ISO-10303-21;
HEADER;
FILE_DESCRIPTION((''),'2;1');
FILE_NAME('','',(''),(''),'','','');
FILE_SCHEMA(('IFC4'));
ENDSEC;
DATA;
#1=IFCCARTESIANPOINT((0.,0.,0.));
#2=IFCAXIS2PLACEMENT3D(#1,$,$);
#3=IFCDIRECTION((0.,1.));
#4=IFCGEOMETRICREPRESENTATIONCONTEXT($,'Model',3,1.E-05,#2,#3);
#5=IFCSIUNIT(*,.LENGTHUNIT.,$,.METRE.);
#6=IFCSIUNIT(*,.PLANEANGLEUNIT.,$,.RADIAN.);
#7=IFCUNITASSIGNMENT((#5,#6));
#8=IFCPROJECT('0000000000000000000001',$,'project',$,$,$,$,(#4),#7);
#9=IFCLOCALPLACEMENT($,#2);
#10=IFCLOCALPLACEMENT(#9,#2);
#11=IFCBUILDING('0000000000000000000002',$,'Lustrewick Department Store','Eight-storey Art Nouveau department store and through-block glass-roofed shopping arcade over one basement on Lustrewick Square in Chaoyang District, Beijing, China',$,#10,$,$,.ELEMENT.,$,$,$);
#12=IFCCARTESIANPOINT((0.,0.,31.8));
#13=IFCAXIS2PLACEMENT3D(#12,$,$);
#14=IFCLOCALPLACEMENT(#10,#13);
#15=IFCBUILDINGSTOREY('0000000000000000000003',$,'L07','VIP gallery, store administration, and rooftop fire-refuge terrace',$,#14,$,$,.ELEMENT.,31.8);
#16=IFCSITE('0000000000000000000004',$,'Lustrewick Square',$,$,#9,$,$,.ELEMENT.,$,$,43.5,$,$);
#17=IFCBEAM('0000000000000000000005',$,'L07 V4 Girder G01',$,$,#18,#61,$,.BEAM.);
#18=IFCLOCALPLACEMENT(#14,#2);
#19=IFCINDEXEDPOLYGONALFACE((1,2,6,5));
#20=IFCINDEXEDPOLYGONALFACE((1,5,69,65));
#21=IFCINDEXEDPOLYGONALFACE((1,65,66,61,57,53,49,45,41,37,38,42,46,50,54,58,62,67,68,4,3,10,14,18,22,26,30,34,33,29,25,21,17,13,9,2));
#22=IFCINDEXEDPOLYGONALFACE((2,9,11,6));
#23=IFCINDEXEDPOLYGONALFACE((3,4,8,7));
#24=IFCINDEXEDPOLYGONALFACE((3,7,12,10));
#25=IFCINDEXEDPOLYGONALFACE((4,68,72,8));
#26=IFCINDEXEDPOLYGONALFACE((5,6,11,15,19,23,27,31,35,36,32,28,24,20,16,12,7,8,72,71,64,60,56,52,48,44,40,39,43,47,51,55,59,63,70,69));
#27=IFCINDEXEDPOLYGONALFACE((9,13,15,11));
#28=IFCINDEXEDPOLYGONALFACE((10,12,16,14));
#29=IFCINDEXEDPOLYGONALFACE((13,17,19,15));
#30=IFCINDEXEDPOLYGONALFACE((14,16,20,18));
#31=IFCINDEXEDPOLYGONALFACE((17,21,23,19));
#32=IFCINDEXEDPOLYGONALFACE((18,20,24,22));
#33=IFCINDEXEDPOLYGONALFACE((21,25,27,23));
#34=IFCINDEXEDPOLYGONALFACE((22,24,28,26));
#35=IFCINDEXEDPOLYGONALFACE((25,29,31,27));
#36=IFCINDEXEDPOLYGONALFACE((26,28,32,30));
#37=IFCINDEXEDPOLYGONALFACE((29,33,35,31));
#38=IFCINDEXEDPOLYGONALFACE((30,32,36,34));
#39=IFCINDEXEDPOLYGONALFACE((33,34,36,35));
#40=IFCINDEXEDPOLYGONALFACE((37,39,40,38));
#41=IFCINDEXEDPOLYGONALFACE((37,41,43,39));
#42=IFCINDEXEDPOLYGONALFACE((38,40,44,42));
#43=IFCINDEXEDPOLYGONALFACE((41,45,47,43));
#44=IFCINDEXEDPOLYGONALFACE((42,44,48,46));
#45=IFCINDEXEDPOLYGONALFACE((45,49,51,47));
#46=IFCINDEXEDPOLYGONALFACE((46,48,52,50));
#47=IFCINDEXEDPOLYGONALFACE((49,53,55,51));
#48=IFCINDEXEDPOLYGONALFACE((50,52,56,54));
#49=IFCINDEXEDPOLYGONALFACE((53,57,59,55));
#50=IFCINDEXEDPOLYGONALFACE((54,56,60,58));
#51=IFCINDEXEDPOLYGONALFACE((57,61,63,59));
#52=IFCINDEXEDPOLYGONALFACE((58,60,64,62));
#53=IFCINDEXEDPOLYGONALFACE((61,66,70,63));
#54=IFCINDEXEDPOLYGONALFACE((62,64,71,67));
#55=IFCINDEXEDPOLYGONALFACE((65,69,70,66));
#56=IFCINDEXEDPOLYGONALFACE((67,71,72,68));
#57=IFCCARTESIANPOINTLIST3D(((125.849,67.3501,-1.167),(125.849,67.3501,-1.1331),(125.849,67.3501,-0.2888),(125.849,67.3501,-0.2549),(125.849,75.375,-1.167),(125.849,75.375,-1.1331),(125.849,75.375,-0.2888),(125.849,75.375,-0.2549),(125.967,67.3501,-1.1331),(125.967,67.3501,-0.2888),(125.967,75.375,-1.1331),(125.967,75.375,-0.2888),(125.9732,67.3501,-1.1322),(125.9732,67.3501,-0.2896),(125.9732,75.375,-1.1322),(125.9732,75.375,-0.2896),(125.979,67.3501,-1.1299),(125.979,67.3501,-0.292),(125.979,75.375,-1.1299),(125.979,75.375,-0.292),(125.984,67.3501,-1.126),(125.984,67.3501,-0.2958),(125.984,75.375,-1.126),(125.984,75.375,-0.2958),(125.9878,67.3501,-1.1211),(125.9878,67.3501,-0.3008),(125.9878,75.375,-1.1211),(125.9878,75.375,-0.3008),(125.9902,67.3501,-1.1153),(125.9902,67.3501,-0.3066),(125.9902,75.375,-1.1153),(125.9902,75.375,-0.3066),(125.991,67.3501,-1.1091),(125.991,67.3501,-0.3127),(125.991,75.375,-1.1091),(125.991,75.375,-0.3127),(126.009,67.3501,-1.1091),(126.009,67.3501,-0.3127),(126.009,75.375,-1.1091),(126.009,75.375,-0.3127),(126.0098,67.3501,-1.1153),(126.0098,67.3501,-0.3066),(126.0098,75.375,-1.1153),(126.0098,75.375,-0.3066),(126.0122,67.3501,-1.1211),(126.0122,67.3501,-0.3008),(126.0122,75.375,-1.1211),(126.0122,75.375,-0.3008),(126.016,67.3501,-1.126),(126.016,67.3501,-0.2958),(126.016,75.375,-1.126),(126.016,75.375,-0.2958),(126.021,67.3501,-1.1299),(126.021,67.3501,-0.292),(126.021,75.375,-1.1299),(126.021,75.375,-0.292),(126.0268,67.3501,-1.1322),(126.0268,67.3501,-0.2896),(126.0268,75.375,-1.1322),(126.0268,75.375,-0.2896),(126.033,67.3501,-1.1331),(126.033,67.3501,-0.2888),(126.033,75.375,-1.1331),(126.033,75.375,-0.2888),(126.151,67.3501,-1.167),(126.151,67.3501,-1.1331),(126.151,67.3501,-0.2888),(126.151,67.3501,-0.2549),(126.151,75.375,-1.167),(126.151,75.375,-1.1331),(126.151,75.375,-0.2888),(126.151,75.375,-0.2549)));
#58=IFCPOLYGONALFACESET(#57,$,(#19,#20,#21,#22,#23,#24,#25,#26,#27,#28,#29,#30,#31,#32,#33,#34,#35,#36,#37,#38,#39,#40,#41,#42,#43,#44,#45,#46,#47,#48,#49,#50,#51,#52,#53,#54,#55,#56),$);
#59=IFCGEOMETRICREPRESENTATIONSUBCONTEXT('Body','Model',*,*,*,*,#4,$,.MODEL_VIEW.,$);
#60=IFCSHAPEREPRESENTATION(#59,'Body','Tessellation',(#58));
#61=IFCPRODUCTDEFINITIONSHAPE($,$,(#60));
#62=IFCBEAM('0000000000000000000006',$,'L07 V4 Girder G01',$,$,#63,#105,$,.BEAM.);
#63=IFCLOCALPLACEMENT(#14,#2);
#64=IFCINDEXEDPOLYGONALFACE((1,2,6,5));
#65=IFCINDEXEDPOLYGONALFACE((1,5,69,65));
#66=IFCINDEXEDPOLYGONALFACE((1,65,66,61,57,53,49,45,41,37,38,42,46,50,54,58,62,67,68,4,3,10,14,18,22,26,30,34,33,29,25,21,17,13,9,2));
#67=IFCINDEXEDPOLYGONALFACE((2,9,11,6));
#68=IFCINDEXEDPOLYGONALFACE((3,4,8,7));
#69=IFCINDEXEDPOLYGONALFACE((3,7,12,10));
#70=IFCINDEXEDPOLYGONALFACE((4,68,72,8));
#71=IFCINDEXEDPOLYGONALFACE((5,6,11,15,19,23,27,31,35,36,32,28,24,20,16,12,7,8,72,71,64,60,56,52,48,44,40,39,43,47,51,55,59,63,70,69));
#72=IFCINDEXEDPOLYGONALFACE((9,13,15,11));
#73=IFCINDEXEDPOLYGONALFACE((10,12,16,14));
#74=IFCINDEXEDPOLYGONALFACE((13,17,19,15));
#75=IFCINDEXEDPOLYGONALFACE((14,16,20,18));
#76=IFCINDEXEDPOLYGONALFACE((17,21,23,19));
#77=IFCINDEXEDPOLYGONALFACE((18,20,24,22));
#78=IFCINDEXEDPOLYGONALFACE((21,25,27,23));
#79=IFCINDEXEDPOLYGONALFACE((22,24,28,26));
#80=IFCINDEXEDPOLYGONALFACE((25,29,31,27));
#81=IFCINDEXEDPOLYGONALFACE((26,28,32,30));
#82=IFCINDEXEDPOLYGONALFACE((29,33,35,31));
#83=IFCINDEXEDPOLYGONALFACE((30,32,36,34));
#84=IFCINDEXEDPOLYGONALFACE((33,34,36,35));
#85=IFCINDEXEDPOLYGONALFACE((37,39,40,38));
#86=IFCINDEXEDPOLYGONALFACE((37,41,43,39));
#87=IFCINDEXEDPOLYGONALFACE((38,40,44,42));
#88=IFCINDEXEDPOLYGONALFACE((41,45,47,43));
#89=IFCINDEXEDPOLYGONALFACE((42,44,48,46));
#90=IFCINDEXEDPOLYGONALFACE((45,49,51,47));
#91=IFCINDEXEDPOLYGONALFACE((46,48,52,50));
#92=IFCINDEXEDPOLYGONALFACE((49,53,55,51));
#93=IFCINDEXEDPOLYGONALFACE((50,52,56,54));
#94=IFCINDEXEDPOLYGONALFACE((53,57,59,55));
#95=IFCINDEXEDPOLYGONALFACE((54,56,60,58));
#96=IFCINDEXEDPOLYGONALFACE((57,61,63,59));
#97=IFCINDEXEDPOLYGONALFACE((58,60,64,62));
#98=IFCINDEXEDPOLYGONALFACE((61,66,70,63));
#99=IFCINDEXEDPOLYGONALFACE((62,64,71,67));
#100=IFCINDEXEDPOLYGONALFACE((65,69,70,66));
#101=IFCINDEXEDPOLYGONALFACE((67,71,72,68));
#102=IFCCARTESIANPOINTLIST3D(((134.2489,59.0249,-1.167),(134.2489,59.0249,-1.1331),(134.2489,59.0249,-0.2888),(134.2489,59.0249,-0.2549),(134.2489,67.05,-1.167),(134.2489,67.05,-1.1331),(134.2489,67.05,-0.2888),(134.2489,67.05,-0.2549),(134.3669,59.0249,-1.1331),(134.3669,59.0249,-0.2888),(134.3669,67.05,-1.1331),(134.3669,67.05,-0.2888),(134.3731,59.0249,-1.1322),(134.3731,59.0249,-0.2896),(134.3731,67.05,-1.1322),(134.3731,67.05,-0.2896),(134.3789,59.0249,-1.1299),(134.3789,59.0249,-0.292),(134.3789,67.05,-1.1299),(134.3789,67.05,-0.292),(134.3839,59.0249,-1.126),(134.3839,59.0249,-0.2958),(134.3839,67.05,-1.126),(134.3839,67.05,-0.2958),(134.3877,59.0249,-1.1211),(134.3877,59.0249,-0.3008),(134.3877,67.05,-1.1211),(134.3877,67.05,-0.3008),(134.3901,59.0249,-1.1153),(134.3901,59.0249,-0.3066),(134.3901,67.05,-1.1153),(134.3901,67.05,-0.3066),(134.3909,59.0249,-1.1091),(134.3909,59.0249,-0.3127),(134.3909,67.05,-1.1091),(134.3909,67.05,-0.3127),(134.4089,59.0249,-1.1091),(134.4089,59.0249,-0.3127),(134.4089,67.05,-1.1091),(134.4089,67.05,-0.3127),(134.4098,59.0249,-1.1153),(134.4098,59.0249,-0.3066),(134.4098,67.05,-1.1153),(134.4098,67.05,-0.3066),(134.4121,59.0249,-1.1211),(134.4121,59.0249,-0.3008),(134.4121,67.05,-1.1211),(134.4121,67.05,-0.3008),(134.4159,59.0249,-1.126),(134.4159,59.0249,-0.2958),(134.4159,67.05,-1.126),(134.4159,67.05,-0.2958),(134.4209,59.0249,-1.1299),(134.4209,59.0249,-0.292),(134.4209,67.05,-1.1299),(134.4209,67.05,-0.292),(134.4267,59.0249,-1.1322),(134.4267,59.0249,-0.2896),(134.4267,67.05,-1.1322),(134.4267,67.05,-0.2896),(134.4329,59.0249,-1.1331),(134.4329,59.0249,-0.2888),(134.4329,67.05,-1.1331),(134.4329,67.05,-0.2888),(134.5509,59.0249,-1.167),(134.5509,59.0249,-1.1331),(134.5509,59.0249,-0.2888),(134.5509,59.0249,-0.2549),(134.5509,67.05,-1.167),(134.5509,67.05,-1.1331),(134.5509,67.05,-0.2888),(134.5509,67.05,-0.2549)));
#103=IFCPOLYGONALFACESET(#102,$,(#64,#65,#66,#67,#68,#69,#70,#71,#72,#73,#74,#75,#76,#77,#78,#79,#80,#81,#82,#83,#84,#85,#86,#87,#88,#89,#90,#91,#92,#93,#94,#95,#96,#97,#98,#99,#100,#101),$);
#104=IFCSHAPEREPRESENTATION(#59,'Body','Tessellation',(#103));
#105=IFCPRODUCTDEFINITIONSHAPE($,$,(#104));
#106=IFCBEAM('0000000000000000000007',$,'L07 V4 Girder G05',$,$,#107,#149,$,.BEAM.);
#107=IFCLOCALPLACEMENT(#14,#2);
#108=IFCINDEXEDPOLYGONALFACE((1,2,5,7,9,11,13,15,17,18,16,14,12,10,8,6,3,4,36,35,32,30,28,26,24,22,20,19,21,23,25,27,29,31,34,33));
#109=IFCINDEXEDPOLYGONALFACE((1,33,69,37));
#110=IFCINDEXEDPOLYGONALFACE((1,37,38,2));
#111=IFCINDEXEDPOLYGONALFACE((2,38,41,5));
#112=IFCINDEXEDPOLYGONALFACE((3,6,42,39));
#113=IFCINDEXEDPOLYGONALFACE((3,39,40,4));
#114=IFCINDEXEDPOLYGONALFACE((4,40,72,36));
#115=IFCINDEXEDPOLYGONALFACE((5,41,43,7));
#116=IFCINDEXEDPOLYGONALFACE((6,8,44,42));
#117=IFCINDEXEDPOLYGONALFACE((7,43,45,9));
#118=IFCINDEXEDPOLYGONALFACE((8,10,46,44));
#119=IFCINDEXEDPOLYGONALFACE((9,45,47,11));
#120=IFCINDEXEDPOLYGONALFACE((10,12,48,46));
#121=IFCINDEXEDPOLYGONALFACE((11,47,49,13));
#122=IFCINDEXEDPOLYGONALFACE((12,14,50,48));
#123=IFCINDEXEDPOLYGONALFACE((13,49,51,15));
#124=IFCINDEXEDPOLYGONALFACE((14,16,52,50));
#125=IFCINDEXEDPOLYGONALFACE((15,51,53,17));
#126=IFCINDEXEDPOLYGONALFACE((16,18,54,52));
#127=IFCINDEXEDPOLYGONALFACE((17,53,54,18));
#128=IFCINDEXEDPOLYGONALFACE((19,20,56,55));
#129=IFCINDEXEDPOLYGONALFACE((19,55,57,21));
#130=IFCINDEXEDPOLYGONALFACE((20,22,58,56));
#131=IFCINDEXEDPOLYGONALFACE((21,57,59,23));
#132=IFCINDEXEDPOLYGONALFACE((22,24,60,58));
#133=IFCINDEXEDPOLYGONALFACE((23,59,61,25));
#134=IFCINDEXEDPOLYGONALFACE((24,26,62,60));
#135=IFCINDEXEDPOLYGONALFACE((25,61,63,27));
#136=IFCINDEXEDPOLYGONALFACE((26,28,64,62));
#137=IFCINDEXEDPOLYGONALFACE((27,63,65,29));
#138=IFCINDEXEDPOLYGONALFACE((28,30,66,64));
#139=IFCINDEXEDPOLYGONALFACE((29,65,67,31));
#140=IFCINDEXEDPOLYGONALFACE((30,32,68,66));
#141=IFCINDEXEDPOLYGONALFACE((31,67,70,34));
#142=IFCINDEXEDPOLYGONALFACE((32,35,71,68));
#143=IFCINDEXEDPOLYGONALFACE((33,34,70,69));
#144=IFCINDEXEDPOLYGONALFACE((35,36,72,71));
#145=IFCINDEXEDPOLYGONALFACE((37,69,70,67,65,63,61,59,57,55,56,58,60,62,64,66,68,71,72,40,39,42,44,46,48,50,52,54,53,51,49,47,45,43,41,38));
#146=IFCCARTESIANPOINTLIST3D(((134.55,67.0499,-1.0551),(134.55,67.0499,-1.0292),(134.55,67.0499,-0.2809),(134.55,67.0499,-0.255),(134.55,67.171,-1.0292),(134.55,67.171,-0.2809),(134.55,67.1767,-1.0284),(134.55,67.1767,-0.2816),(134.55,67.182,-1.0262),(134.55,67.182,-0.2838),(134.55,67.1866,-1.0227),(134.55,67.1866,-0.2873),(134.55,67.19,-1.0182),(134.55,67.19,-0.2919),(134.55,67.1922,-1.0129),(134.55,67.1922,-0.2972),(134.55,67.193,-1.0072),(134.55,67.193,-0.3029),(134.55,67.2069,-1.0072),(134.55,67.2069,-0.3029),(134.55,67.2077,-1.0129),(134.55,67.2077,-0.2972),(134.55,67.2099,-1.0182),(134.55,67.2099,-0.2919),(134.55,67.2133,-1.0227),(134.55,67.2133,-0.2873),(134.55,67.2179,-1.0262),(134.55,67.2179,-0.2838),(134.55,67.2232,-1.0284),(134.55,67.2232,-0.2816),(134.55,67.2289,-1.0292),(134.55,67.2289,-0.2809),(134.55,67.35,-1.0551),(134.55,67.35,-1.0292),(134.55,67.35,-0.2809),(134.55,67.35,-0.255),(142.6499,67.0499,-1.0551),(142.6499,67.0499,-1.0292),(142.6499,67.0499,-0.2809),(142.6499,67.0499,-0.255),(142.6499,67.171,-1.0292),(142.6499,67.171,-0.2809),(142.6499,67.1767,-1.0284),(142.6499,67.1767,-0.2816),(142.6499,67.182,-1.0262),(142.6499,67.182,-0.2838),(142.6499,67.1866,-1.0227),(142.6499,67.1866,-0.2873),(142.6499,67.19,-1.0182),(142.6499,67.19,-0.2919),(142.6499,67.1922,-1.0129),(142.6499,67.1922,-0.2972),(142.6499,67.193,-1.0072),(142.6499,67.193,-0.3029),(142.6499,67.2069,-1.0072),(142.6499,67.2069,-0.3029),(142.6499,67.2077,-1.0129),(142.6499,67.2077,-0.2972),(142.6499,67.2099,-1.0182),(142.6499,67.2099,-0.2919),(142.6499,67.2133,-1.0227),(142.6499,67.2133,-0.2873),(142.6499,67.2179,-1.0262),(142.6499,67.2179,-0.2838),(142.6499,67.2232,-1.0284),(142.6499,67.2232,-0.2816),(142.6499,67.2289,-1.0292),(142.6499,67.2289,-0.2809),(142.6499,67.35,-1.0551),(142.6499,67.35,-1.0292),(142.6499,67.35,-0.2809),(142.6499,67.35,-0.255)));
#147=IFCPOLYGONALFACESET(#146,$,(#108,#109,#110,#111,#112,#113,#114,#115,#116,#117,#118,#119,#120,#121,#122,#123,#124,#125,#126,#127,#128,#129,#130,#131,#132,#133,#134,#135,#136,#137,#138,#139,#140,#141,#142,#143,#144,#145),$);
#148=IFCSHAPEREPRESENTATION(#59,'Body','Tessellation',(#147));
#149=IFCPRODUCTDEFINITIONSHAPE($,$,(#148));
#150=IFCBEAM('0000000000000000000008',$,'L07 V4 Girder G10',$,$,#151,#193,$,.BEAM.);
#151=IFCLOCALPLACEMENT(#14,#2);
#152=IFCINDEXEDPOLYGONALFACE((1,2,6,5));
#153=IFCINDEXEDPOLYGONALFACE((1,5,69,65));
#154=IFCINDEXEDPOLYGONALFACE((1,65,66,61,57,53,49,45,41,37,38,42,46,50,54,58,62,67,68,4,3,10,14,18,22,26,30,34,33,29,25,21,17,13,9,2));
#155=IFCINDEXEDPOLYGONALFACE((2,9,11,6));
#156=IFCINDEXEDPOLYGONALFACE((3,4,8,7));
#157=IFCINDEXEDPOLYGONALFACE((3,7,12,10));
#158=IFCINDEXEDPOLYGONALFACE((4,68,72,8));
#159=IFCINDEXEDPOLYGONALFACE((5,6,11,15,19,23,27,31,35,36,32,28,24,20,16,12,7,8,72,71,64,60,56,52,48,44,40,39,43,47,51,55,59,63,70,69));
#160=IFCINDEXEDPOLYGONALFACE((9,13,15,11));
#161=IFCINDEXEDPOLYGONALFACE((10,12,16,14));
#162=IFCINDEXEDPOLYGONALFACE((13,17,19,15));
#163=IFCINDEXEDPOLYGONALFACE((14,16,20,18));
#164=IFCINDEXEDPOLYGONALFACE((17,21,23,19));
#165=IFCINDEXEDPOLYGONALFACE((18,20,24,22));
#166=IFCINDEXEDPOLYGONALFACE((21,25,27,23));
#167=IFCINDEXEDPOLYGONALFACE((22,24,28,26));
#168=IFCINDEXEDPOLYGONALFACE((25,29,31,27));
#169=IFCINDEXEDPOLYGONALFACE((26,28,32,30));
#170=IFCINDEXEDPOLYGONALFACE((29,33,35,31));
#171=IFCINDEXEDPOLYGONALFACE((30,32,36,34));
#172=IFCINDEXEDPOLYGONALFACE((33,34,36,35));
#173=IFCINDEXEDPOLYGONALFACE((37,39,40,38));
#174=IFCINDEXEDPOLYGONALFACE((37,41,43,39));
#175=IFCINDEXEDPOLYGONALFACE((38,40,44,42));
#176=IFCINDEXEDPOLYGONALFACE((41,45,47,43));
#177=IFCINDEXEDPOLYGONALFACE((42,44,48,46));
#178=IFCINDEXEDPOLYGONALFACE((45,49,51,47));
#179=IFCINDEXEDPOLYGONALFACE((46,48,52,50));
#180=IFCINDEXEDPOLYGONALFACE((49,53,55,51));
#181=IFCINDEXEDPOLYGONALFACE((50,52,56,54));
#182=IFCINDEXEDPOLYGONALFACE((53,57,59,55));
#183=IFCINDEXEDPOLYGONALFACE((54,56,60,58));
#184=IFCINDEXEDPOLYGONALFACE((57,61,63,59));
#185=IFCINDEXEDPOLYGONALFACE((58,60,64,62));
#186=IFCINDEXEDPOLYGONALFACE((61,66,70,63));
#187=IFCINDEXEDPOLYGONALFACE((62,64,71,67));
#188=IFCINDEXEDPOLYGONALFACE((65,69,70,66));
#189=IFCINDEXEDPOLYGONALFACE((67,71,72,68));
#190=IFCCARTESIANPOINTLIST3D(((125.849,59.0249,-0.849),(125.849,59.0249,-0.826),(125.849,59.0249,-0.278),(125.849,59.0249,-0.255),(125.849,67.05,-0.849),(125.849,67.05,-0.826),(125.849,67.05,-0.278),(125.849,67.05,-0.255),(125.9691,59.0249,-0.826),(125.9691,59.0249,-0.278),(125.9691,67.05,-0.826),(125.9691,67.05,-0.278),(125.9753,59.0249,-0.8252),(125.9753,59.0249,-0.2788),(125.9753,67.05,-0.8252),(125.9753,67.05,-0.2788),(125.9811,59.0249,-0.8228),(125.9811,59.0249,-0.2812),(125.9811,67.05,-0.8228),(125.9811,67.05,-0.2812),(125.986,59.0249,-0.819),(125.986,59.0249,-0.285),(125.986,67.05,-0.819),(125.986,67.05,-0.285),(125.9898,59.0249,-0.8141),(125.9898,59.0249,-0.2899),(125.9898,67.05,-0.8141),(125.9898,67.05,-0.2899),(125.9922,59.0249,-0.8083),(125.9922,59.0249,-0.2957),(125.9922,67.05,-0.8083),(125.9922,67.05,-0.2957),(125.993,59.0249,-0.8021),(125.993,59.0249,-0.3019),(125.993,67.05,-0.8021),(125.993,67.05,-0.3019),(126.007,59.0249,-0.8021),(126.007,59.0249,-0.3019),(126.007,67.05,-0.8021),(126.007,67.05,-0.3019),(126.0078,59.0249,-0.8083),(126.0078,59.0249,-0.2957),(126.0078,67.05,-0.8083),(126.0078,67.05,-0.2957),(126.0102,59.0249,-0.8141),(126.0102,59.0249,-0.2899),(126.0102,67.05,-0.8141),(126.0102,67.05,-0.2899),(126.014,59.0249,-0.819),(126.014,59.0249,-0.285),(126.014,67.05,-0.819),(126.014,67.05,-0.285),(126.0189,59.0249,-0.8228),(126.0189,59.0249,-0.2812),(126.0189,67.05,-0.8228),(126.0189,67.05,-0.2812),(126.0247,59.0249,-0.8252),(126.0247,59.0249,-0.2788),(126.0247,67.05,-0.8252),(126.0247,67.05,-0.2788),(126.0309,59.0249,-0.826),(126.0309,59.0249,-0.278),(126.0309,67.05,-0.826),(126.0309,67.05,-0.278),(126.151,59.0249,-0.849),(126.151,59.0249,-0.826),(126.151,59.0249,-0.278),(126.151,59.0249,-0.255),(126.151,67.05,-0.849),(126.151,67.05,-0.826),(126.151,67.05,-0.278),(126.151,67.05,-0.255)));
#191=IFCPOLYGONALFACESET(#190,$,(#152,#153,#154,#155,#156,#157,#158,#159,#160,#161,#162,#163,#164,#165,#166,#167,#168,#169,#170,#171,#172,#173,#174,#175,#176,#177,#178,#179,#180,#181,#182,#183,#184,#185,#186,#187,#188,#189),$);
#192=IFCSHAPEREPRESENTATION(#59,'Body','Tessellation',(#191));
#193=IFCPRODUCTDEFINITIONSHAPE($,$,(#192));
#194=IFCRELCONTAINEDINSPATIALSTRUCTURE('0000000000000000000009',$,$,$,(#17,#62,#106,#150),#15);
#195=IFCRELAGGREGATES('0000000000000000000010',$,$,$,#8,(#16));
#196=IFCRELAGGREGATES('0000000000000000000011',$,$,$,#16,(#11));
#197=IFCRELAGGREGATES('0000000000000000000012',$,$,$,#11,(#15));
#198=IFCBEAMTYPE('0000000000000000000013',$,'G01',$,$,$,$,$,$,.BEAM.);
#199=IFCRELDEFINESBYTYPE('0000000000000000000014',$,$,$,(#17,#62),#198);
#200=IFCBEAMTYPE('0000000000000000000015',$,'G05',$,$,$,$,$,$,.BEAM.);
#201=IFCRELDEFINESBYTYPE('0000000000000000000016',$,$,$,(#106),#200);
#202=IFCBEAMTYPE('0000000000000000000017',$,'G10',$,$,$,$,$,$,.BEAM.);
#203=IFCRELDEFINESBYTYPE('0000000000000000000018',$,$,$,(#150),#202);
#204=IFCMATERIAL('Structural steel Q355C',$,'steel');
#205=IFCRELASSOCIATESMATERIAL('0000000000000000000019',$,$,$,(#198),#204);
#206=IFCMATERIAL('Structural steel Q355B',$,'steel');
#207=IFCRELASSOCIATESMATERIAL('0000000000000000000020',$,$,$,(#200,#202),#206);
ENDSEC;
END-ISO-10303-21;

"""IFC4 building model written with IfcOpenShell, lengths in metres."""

from ifc_helpers import new_model, si_unit, direction, frame, origin, origin_2d, place, context, subcontext, project, spatial, i_section, extrude, material, material_profile, profile_set, type_object, element, save


model = new_model("IFC4")

# Units and contexts
model_context = context("Model", 3, precision=1e-05, world=origin(), true_north=direction((0.0, 1.0)))
body_context = subcontext(model_context, "Body", "Model", "MODEL_VIEW")
ifc_project = project(units=[si_unit("LENGTHUNIT", "METRE"), si_unit("PLANEANGLEUNIT", "RADIAN")], contexts=[model_context])

# Site, building, storey
site_placement = place(None, origin())
site = spatial("IfcSite", under=ifc_project, at=site_placement, Name="Lustrewick Square", CompositionType="ELEMENT", RefElevation=43.5)
building_placement = place(site_placement, origin())
building = spatial("IfcBuilding", under=site, at=building_placement, Name="Lustrewick Department Store", Description="Eight-storey Art Nouveau department store and through-block glass-roofed shopping arcade over one basement on Lustrewick Square in Chaoyang District, Beijing, China", CompositionType="ELEMENT")
storey_placement = place(building_placement, frame((0.0, 0.0, 31.8)))
storey = spatial("IfcBuildingStorey", under=building, at=storey_placement, Name="L07", Description="VIP gallery, store administration, and rooftop fire-refuge terrace", CompositionType="ELEMENT", Elevation=31.8)

# Shared definitions
ifc_material_1 = material(Name="Structural steel Q355B", Category="steel")

# Beams
ifc_material_2 = material(Name="Structural steel Q355C", Category="steel")
ifc_material_profile_1 = material_profile(ifc_material_2, i_section(OverallWidth=0.302, OverallDepth=0.9121, WebThickness=0.0181, FlangeThickness=0.0339, FilletRadius=0.0239, at=origin_2d()), Name="HN 912x302x18x34")
ifc_profile_set_1 = profile_set([ifc_material_profile_1], Name="Structural steel Q355C")
beam_type_1 = type_object("IfcBeamType", Name="G01", PredefinedType="BEAM", material=ifc_profile_set_1)
beam_1_placement = place(storey_placement, frame((126.0, 67.3501, -0.7109), z_axis=(0.0, 1.0, 0.0), x_axis=(-1.0, 0.0, 0.0)))
element("IfcBeam", 1, at=beam_1_placement, inside=storey, type_object=beam_type_1, Name="L07 V4 Girder G01", PredefinedType="BEAM", context=body_context, shape_type="SweptSolid", body=[
    extrude(i_section(OverallWidth=0.302, OverallDepth=0.9121, WebThickness=0.0181, FlangeThickness=0.0339, FilletRadius=0.0239, at=origin_2d()), origin(), (0.0, 0.0, 1.0), 8.0249),
])
beam_2_placement = place(storey_placement, frame((134.3999, 59.0249, -0.7109), z_axis=(0.0, 1.0, 0.0), x_axis=(-1.0, 0.0, 0.0)))
element("IfcBeam", 2, at=beam_2_placement, inside=storey, type_object=beam_type_1, Name="L07 V4 Girder G01", PredefinedType="BEAM", context=body_context, shape_type="SweptSolid", body=[
    extrude(i_section(OverallWidth=0.302, OverallDepth=0.9121, WebThickness=0.0181, FlangeThickness=0.0339, FilletRadius=0.0239, at=origin_2d()), origin(), (0.0, 0.0, 1.0), 8.0251),
])
ifc_material_profile_2 = material_profile(ifc_material_1, i_section(OverallWidth=0.3, OverallDepth=0.8, WebThickness=0.0139, FlangeThickness=0.0259, FilletRadius=0.022, at=origin_2d()), Name="HN 800x300x14x26")
ifc_profile_set_2 = profile_set([ifc_material_profile_2], Name="Structural steel Q355B")
beam_type_2 = type_object("IfcBeamType", Name="G05", PredefinedType="BEAM", material=ifc_profile_set_2)
beam_3_placement = place(storey_placement, frame((134.55, 67.2, -0.655), z_axis=(1.0, 0.0, 0.0), x_axis=(0.0, 1.0, 0.0)))
element("IfcBeam", 3, at=beam_3_placement, inside=storey, type_object=beam_type_2, Name="L07 V4 Girder G05", PredefinedType="BEAM", context=body_context, shape_type="SweptSolid", body=[
    extrude(i_section(OverallWidth=0.3, OverallDepth=0.8, WebThickness=0.0139, FlangeThickness=0.0259, FilletRadius=0.022, at=origin_2d()), origin(), (0.0, 0.0, 1.0), 8.0999),
])
ifc_material_profile_3 = material_profile(ifc_material_1, i_section(OverallWidth=0.302, OverallDepth=0.594, WebThickness=0.0139, FlangeThickness=0.0229, FilletRadius=0.0239, at=origin_2d()), Name="HM 594x302x14x23")
ifc_profile_set_3 = profile_set([ifc_material_profile_3], Name="Structural steel Q355B")
beam_type_3 = type_object("IfcBeamType", Name="G10", PredefinedType="BEAM", material=ifc_profile_set_3)
beam_4_placement = place(storey_placement, frame((126.0, 59.0249, -0.552), z_axis=(0.0, 1.0, 0.0), x_axis=(-1.0, 0.0, 0.0)))
element("IfcBeam", 4, at=beam_4_placement, inside=storey, type_object=beam_type_3, Name="L07 V4 Girder G10", PredefinedType="BEAM", context=body_context, shape_type="SweptSolid", body=[
    extrude(i_section(OverallWidth=0.302, OverallDepth=0.594, WebThickness=0.0139, FlangeThickness=0.0229, FilletRadius=0.0239, at=origin_2d()), origin(), (0.0, 0.0, 1.0), 8.0251),
])

save(model, "model.ifc")
